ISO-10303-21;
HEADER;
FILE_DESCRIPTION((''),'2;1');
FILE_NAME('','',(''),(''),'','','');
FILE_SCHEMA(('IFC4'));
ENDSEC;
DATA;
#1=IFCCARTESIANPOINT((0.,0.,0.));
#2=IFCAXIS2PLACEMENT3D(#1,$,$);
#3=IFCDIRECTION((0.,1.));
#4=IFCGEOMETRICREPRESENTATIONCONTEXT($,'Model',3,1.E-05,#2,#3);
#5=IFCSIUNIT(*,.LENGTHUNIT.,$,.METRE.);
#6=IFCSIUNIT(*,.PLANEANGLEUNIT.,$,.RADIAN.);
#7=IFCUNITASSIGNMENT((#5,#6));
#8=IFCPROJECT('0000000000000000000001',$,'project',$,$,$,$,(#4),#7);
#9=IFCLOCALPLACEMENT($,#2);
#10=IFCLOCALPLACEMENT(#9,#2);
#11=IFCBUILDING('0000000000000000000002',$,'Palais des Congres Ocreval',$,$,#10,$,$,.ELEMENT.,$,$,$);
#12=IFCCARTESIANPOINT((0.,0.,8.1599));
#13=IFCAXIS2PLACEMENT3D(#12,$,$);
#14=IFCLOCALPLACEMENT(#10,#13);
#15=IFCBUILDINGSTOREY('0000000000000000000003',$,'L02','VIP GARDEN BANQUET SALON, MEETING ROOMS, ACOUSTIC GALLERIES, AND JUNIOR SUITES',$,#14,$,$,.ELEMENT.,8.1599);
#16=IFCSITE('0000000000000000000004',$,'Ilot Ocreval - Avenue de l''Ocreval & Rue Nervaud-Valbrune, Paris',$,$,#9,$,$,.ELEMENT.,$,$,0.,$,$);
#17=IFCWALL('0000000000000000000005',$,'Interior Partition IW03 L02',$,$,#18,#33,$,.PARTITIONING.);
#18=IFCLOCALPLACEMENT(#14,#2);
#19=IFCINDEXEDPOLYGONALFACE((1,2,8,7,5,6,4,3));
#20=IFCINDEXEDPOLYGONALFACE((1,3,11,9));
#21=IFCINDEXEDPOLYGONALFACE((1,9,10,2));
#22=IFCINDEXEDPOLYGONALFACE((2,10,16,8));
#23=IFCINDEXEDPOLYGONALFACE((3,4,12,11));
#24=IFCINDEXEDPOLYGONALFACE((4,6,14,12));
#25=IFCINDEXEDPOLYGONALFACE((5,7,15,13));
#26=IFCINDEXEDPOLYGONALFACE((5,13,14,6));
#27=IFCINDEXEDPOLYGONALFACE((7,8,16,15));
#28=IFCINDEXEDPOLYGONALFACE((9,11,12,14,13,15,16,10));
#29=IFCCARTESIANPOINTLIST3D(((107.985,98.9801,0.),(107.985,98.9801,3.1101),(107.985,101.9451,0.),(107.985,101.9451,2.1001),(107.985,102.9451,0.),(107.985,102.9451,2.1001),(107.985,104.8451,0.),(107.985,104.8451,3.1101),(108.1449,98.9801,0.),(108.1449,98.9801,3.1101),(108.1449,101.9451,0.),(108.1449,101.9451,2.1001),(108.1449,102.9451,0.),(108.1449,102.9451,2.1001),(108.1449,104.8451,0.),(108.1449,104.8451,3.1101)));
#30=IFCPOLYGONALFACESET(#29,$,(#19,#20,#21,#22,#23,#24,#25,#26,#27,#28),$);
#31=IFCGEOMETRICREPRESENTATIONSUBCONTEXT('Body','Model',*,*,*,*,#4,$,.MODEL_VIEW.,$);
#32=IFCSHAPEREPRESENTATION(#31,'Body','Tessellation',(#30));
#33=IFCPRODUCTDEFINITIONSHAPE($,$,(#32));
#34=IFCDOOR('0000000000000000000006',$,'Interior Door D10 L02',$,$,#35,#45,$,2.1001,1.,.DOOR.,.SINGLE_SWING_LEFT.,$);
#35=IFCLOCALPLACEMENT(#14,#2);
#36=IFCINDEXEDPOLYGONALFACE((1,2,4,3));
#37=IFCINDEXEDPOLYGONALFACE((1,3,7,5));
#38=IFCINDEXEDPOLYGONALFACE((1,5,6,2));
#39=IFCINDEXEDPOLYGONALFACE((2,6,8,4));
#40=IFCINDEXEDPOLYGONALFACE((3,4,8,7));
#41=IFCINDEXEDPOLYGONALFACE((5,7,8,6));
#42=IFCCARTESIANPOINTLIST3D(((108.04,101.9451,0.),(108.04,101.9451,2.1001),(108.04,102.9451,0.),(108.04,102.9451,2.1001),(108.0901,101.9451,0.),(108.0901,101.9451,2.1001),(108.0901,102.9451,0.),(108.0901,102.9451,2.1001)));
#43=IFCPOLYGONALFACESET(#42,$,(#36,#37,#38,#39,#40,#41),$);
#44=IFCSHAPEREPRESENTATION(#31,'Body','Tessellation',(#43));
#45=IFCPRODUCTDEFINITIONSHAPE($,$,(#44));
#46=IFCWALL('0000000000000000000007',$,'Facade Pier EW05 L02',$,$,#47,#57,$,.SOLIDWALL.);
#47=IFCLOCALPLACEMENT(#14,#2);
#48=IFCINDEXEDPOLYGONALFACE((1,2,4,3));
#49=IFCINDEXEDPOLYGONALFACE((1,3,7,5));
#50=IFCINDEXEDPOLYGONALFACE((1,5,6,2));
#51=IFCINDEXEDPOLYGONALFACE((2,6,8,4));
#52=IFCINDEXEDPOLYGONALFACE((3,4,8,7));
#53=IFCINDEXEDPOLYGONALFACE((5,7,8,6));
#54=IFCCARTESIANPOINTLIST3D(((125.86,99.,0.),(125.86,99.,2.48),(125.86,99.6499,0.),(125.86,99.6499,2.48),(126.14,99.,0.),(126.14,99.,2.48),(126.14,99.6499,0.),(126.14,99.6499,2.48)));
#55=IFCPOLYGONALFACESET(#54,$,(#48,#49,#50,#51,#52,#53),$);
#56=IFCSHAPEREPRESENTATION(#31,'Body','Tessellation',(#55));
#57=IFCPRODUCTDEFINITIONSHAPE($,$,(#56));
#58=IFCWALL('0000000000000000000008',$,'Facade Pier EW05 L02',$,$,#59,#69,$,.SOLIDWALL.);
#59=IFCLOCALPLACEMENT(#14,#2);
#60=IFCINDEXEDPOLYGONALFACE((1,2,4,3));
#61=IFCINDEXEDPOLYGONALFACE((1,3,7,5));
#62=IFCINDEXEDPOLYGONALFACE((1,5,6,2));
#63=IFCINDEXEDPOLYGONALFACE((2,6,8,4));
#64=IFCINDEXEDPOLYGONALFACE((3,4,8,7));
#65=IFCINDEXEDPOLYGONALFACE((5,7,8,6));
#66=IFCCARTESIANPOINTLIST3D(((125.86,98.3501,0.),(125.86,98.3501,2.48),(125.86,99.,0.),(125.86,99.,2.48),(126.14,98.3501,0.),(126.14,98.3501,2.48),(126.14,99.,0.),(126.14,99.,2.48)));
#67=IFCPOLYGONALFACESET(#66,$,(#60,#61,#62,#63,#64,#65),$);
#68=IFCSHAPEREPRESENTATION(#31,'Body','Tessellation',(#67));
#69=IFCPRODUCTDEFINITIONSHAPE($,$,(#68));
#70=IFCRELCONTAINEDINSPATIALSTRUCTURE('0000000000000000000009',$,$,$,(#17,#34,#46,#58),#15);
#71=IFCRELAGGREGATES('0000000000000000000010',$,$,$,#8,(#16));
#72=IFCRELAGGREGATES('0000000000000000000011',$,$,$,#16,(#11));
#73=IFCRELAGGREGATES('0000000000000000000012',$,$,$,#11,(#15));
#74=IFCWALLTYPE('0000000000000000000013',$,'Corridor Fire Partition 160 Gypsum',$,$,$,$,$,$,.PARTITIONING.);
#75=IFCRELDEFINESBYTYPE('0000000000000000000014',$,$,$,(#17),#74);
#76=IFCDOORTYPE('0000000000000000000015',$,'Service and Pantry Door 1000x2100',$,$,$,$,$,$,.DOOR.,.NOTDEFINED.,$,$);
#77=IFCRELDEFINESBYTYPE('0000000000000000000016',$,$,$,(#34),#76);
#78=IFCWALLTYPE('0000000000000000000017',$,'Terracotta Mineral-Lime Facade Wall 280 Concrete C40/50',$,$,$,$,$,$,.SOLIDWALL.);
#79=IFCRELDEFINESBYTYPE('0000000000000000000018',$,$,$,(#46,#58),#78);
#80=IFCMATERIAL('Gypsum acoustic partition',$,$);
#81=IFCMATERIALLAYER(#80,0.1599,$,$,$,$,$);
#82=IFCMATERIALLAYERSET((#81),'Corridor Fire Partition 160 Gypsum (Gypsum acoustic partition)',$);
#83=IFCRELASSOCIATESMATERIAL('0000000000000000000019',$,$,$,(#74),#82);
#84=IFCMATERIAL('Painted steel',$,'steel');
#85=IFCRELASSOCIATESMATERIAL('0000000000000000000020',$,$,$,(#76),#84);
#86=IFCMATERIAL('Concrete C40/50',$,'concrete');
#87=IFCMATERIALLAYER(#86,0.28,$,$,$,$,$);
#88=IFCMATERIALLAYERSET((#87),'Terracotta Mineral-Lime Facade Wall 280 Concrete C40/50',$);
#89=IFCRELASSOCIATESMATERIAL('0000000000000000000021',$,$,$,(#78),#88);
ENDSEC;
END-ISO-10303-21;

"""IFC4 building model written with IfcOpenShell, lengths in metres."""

from ifc_helpers import new_model, si_unit, direction, frame, frame_2d, origin, place, context, subcontext, project, spatial, rectangle, extrude, material, layer, layer_set, type_object, element, fill, save


model = new_model("IFC4")

# Units and contexts
model_context = context("Model", 3, precision=1e-05, world=origin(), true_north=direction((0.0, 1.0)))
body_context = subcontext(model_context, "Body", "Model", "MODEL_VIEW")
ifc_project = project(units=[si_unit("LENGTHUNIT", "METRE"), si_unit("PLANEANGLEUNIT", "RADIAN")], contexts=[model_context])

# Site, building, storey
site_placement = place(None, origin())
site = spatial("IfcSite", under=ifc_project, at=site_placement, Name="Ilot Ocreval - Avenue de l'Ocreval & Rue Nervaud-Valbrune, Paris", CompositionType="ELEMENT", RefElevation=0.0)
building_placement = place(site_placement, origin())
building = spatial("IfcBuilding", under=site, at=building_placement, Name="Palais des Congres Ocreval", CompositionType="ELEMENT")
storey_placement = place(building_placement, frame((0.0, 0.0, 8.1599)))
storey = spatial("IfcBuildingStorey", under=building, at=storey_placement, Name="L02", Description="VIP GARDEN BANQUET SALON, MEETING ROOMS, ACOUSTIC GALLERIES, AND JUNIOR SUITES", CompositionType="ELEMENT", Elevation=8.1599)

# Shared definitions
ifc_material_1 = material(Name="Concrete C40/50", Category="concrete")

# Wall, opening, door
ifc_material_2 = material(Name="Gypsum acoustic partition")
ifc_layer_1 = layer(ifc_material_2, 0.1599)
ifc_layer_set_1 = layer_set([ifc_layer_1], Name="Corridor Fire Partition 160 Gypsum (Gypsum acoustic partition)")
wall_type_1 = type_object("IfcWallType", Name="Corridor Fire Partition 160 Gypsum", PredefinedType="PARTITIONING", material=ifc_layer_set_1)
wall_1_placement = place(storey_placement, frame((108.0649, 98.98, 0.0), z_axis=(0.0, 0.0, 1.0), x_axis=(0.0, 1.0, 0.0)))
wall_1 = element("IfcWall", 1, at=wall_1_placement, inside=storey, type_object=wall_type_1, Name="Interior Partition IW03 L02", PredefinedType="PARTITIONING", context=body_context, shape_type="SweptSolid", body=[
    extrude(rectangle(XDim=5.865, YDim=0.1599, at=frame_2d((2.9326, 0.0))), origin(), (0.0, 0.0, 1.0), 3.1101),
])
opening_1_placement = place(wall_1_placement, frame((2.9651, 0.0, 0.0)))
opening_1 = element("IfcOpeningElement", 2, at=opening_1_placement, cuts=wall_1, PredefinedType="OPENING", context=body_context, shape_type="SweptSolid", body=[
    extrude(rectangle(XDim=1.0, YDim=2.1001, at=frame_2d((0.5, 1.05))), frame((0.0, 0.0898, 0.0), z_axis=(0.0, -1.0, 0.0), x_axis=(1.0, 0.0, 0.0)), (0.0, 0.0, 1.0), 0.1799),
])
ifc_material_3 = material(Name="Painted steel", Category="steel")
door_type_1 = type_object("IfcDoorType", Name="Service and Pantry Door 1000x2100", OperationType="NOTDEFINED", PredefinedType="DOOR", material=ifc_material_3)
door_1_placement = place(opening_1_placement, origin())
door_1 = element("IfcDoor", 3, at=door_1_placement, inside=storey, type_object=door_type_1, Name="Interior Door D10 L02", OperationType="SINGLE_SWING_LEFT", OverallHeight=2.1001, OverallWidth=1.0, PredefinedType="DOOR", context=body_context, shape_type="SweptSolid", body=[
    extrude(rectangle(XDim=1.0, YDim=2.1001, at=frame_2d((0.5, 1.05))), frame((0.0, 0.0249, 0.0), z_axis=(0.0, -1.0, 0.0), x_axis=(1.0, 0.0, 0.0)), (0.0, 0.0, 1.0), 0.05),
])
fill(opening_1, door_1)

# Walls
ifc_layer_2 = layer(ifc_material_1, 0.28)
ifc_layer_set_2 = layer_set([ifc_layer_2], Name="Terracotta Mineral-Lime Facade Wall 280 Concrete C40/50")
wall_type_2 = type_object("IfcWallType", Name="Terracotta Mineral-Lime Facade Wall 280 Concrete C40/50", PredefinedType="SOLIDWALL", material=ifc_layer_set_2)
for number, where, z_axis, x_axis, name in (
    (4, (126.0, 99.6499, 0.0), (0.0, 0.0, 1.0), (0.0, -1.0, 0.0), "Facade Pier EW05 L02"),
    (5, (126.0, 99.0, 0.0), (0.0, 0.0, 1.0), (0.0, -1.0, 0.0), "Facade Pier EW05 L02"),
):
    element("IfcWall", number, at=place(storey_placement, frame(where, z_axis=z_axis, x_axis=x_axis)), inside=storey, type_object=wall_type_2, Name=name, PredefinedType="SOLIDWALL", context=body_context, shape_type="SweptSolid", body=[
        extrude(rectangle(XDim=0.6499, YDim=0.28, at=frame_2d((0.325, 0.0))), origin(), (0.0, 0.0, 1.0), 2.48),
    ])

save(model, "model.ifc")
